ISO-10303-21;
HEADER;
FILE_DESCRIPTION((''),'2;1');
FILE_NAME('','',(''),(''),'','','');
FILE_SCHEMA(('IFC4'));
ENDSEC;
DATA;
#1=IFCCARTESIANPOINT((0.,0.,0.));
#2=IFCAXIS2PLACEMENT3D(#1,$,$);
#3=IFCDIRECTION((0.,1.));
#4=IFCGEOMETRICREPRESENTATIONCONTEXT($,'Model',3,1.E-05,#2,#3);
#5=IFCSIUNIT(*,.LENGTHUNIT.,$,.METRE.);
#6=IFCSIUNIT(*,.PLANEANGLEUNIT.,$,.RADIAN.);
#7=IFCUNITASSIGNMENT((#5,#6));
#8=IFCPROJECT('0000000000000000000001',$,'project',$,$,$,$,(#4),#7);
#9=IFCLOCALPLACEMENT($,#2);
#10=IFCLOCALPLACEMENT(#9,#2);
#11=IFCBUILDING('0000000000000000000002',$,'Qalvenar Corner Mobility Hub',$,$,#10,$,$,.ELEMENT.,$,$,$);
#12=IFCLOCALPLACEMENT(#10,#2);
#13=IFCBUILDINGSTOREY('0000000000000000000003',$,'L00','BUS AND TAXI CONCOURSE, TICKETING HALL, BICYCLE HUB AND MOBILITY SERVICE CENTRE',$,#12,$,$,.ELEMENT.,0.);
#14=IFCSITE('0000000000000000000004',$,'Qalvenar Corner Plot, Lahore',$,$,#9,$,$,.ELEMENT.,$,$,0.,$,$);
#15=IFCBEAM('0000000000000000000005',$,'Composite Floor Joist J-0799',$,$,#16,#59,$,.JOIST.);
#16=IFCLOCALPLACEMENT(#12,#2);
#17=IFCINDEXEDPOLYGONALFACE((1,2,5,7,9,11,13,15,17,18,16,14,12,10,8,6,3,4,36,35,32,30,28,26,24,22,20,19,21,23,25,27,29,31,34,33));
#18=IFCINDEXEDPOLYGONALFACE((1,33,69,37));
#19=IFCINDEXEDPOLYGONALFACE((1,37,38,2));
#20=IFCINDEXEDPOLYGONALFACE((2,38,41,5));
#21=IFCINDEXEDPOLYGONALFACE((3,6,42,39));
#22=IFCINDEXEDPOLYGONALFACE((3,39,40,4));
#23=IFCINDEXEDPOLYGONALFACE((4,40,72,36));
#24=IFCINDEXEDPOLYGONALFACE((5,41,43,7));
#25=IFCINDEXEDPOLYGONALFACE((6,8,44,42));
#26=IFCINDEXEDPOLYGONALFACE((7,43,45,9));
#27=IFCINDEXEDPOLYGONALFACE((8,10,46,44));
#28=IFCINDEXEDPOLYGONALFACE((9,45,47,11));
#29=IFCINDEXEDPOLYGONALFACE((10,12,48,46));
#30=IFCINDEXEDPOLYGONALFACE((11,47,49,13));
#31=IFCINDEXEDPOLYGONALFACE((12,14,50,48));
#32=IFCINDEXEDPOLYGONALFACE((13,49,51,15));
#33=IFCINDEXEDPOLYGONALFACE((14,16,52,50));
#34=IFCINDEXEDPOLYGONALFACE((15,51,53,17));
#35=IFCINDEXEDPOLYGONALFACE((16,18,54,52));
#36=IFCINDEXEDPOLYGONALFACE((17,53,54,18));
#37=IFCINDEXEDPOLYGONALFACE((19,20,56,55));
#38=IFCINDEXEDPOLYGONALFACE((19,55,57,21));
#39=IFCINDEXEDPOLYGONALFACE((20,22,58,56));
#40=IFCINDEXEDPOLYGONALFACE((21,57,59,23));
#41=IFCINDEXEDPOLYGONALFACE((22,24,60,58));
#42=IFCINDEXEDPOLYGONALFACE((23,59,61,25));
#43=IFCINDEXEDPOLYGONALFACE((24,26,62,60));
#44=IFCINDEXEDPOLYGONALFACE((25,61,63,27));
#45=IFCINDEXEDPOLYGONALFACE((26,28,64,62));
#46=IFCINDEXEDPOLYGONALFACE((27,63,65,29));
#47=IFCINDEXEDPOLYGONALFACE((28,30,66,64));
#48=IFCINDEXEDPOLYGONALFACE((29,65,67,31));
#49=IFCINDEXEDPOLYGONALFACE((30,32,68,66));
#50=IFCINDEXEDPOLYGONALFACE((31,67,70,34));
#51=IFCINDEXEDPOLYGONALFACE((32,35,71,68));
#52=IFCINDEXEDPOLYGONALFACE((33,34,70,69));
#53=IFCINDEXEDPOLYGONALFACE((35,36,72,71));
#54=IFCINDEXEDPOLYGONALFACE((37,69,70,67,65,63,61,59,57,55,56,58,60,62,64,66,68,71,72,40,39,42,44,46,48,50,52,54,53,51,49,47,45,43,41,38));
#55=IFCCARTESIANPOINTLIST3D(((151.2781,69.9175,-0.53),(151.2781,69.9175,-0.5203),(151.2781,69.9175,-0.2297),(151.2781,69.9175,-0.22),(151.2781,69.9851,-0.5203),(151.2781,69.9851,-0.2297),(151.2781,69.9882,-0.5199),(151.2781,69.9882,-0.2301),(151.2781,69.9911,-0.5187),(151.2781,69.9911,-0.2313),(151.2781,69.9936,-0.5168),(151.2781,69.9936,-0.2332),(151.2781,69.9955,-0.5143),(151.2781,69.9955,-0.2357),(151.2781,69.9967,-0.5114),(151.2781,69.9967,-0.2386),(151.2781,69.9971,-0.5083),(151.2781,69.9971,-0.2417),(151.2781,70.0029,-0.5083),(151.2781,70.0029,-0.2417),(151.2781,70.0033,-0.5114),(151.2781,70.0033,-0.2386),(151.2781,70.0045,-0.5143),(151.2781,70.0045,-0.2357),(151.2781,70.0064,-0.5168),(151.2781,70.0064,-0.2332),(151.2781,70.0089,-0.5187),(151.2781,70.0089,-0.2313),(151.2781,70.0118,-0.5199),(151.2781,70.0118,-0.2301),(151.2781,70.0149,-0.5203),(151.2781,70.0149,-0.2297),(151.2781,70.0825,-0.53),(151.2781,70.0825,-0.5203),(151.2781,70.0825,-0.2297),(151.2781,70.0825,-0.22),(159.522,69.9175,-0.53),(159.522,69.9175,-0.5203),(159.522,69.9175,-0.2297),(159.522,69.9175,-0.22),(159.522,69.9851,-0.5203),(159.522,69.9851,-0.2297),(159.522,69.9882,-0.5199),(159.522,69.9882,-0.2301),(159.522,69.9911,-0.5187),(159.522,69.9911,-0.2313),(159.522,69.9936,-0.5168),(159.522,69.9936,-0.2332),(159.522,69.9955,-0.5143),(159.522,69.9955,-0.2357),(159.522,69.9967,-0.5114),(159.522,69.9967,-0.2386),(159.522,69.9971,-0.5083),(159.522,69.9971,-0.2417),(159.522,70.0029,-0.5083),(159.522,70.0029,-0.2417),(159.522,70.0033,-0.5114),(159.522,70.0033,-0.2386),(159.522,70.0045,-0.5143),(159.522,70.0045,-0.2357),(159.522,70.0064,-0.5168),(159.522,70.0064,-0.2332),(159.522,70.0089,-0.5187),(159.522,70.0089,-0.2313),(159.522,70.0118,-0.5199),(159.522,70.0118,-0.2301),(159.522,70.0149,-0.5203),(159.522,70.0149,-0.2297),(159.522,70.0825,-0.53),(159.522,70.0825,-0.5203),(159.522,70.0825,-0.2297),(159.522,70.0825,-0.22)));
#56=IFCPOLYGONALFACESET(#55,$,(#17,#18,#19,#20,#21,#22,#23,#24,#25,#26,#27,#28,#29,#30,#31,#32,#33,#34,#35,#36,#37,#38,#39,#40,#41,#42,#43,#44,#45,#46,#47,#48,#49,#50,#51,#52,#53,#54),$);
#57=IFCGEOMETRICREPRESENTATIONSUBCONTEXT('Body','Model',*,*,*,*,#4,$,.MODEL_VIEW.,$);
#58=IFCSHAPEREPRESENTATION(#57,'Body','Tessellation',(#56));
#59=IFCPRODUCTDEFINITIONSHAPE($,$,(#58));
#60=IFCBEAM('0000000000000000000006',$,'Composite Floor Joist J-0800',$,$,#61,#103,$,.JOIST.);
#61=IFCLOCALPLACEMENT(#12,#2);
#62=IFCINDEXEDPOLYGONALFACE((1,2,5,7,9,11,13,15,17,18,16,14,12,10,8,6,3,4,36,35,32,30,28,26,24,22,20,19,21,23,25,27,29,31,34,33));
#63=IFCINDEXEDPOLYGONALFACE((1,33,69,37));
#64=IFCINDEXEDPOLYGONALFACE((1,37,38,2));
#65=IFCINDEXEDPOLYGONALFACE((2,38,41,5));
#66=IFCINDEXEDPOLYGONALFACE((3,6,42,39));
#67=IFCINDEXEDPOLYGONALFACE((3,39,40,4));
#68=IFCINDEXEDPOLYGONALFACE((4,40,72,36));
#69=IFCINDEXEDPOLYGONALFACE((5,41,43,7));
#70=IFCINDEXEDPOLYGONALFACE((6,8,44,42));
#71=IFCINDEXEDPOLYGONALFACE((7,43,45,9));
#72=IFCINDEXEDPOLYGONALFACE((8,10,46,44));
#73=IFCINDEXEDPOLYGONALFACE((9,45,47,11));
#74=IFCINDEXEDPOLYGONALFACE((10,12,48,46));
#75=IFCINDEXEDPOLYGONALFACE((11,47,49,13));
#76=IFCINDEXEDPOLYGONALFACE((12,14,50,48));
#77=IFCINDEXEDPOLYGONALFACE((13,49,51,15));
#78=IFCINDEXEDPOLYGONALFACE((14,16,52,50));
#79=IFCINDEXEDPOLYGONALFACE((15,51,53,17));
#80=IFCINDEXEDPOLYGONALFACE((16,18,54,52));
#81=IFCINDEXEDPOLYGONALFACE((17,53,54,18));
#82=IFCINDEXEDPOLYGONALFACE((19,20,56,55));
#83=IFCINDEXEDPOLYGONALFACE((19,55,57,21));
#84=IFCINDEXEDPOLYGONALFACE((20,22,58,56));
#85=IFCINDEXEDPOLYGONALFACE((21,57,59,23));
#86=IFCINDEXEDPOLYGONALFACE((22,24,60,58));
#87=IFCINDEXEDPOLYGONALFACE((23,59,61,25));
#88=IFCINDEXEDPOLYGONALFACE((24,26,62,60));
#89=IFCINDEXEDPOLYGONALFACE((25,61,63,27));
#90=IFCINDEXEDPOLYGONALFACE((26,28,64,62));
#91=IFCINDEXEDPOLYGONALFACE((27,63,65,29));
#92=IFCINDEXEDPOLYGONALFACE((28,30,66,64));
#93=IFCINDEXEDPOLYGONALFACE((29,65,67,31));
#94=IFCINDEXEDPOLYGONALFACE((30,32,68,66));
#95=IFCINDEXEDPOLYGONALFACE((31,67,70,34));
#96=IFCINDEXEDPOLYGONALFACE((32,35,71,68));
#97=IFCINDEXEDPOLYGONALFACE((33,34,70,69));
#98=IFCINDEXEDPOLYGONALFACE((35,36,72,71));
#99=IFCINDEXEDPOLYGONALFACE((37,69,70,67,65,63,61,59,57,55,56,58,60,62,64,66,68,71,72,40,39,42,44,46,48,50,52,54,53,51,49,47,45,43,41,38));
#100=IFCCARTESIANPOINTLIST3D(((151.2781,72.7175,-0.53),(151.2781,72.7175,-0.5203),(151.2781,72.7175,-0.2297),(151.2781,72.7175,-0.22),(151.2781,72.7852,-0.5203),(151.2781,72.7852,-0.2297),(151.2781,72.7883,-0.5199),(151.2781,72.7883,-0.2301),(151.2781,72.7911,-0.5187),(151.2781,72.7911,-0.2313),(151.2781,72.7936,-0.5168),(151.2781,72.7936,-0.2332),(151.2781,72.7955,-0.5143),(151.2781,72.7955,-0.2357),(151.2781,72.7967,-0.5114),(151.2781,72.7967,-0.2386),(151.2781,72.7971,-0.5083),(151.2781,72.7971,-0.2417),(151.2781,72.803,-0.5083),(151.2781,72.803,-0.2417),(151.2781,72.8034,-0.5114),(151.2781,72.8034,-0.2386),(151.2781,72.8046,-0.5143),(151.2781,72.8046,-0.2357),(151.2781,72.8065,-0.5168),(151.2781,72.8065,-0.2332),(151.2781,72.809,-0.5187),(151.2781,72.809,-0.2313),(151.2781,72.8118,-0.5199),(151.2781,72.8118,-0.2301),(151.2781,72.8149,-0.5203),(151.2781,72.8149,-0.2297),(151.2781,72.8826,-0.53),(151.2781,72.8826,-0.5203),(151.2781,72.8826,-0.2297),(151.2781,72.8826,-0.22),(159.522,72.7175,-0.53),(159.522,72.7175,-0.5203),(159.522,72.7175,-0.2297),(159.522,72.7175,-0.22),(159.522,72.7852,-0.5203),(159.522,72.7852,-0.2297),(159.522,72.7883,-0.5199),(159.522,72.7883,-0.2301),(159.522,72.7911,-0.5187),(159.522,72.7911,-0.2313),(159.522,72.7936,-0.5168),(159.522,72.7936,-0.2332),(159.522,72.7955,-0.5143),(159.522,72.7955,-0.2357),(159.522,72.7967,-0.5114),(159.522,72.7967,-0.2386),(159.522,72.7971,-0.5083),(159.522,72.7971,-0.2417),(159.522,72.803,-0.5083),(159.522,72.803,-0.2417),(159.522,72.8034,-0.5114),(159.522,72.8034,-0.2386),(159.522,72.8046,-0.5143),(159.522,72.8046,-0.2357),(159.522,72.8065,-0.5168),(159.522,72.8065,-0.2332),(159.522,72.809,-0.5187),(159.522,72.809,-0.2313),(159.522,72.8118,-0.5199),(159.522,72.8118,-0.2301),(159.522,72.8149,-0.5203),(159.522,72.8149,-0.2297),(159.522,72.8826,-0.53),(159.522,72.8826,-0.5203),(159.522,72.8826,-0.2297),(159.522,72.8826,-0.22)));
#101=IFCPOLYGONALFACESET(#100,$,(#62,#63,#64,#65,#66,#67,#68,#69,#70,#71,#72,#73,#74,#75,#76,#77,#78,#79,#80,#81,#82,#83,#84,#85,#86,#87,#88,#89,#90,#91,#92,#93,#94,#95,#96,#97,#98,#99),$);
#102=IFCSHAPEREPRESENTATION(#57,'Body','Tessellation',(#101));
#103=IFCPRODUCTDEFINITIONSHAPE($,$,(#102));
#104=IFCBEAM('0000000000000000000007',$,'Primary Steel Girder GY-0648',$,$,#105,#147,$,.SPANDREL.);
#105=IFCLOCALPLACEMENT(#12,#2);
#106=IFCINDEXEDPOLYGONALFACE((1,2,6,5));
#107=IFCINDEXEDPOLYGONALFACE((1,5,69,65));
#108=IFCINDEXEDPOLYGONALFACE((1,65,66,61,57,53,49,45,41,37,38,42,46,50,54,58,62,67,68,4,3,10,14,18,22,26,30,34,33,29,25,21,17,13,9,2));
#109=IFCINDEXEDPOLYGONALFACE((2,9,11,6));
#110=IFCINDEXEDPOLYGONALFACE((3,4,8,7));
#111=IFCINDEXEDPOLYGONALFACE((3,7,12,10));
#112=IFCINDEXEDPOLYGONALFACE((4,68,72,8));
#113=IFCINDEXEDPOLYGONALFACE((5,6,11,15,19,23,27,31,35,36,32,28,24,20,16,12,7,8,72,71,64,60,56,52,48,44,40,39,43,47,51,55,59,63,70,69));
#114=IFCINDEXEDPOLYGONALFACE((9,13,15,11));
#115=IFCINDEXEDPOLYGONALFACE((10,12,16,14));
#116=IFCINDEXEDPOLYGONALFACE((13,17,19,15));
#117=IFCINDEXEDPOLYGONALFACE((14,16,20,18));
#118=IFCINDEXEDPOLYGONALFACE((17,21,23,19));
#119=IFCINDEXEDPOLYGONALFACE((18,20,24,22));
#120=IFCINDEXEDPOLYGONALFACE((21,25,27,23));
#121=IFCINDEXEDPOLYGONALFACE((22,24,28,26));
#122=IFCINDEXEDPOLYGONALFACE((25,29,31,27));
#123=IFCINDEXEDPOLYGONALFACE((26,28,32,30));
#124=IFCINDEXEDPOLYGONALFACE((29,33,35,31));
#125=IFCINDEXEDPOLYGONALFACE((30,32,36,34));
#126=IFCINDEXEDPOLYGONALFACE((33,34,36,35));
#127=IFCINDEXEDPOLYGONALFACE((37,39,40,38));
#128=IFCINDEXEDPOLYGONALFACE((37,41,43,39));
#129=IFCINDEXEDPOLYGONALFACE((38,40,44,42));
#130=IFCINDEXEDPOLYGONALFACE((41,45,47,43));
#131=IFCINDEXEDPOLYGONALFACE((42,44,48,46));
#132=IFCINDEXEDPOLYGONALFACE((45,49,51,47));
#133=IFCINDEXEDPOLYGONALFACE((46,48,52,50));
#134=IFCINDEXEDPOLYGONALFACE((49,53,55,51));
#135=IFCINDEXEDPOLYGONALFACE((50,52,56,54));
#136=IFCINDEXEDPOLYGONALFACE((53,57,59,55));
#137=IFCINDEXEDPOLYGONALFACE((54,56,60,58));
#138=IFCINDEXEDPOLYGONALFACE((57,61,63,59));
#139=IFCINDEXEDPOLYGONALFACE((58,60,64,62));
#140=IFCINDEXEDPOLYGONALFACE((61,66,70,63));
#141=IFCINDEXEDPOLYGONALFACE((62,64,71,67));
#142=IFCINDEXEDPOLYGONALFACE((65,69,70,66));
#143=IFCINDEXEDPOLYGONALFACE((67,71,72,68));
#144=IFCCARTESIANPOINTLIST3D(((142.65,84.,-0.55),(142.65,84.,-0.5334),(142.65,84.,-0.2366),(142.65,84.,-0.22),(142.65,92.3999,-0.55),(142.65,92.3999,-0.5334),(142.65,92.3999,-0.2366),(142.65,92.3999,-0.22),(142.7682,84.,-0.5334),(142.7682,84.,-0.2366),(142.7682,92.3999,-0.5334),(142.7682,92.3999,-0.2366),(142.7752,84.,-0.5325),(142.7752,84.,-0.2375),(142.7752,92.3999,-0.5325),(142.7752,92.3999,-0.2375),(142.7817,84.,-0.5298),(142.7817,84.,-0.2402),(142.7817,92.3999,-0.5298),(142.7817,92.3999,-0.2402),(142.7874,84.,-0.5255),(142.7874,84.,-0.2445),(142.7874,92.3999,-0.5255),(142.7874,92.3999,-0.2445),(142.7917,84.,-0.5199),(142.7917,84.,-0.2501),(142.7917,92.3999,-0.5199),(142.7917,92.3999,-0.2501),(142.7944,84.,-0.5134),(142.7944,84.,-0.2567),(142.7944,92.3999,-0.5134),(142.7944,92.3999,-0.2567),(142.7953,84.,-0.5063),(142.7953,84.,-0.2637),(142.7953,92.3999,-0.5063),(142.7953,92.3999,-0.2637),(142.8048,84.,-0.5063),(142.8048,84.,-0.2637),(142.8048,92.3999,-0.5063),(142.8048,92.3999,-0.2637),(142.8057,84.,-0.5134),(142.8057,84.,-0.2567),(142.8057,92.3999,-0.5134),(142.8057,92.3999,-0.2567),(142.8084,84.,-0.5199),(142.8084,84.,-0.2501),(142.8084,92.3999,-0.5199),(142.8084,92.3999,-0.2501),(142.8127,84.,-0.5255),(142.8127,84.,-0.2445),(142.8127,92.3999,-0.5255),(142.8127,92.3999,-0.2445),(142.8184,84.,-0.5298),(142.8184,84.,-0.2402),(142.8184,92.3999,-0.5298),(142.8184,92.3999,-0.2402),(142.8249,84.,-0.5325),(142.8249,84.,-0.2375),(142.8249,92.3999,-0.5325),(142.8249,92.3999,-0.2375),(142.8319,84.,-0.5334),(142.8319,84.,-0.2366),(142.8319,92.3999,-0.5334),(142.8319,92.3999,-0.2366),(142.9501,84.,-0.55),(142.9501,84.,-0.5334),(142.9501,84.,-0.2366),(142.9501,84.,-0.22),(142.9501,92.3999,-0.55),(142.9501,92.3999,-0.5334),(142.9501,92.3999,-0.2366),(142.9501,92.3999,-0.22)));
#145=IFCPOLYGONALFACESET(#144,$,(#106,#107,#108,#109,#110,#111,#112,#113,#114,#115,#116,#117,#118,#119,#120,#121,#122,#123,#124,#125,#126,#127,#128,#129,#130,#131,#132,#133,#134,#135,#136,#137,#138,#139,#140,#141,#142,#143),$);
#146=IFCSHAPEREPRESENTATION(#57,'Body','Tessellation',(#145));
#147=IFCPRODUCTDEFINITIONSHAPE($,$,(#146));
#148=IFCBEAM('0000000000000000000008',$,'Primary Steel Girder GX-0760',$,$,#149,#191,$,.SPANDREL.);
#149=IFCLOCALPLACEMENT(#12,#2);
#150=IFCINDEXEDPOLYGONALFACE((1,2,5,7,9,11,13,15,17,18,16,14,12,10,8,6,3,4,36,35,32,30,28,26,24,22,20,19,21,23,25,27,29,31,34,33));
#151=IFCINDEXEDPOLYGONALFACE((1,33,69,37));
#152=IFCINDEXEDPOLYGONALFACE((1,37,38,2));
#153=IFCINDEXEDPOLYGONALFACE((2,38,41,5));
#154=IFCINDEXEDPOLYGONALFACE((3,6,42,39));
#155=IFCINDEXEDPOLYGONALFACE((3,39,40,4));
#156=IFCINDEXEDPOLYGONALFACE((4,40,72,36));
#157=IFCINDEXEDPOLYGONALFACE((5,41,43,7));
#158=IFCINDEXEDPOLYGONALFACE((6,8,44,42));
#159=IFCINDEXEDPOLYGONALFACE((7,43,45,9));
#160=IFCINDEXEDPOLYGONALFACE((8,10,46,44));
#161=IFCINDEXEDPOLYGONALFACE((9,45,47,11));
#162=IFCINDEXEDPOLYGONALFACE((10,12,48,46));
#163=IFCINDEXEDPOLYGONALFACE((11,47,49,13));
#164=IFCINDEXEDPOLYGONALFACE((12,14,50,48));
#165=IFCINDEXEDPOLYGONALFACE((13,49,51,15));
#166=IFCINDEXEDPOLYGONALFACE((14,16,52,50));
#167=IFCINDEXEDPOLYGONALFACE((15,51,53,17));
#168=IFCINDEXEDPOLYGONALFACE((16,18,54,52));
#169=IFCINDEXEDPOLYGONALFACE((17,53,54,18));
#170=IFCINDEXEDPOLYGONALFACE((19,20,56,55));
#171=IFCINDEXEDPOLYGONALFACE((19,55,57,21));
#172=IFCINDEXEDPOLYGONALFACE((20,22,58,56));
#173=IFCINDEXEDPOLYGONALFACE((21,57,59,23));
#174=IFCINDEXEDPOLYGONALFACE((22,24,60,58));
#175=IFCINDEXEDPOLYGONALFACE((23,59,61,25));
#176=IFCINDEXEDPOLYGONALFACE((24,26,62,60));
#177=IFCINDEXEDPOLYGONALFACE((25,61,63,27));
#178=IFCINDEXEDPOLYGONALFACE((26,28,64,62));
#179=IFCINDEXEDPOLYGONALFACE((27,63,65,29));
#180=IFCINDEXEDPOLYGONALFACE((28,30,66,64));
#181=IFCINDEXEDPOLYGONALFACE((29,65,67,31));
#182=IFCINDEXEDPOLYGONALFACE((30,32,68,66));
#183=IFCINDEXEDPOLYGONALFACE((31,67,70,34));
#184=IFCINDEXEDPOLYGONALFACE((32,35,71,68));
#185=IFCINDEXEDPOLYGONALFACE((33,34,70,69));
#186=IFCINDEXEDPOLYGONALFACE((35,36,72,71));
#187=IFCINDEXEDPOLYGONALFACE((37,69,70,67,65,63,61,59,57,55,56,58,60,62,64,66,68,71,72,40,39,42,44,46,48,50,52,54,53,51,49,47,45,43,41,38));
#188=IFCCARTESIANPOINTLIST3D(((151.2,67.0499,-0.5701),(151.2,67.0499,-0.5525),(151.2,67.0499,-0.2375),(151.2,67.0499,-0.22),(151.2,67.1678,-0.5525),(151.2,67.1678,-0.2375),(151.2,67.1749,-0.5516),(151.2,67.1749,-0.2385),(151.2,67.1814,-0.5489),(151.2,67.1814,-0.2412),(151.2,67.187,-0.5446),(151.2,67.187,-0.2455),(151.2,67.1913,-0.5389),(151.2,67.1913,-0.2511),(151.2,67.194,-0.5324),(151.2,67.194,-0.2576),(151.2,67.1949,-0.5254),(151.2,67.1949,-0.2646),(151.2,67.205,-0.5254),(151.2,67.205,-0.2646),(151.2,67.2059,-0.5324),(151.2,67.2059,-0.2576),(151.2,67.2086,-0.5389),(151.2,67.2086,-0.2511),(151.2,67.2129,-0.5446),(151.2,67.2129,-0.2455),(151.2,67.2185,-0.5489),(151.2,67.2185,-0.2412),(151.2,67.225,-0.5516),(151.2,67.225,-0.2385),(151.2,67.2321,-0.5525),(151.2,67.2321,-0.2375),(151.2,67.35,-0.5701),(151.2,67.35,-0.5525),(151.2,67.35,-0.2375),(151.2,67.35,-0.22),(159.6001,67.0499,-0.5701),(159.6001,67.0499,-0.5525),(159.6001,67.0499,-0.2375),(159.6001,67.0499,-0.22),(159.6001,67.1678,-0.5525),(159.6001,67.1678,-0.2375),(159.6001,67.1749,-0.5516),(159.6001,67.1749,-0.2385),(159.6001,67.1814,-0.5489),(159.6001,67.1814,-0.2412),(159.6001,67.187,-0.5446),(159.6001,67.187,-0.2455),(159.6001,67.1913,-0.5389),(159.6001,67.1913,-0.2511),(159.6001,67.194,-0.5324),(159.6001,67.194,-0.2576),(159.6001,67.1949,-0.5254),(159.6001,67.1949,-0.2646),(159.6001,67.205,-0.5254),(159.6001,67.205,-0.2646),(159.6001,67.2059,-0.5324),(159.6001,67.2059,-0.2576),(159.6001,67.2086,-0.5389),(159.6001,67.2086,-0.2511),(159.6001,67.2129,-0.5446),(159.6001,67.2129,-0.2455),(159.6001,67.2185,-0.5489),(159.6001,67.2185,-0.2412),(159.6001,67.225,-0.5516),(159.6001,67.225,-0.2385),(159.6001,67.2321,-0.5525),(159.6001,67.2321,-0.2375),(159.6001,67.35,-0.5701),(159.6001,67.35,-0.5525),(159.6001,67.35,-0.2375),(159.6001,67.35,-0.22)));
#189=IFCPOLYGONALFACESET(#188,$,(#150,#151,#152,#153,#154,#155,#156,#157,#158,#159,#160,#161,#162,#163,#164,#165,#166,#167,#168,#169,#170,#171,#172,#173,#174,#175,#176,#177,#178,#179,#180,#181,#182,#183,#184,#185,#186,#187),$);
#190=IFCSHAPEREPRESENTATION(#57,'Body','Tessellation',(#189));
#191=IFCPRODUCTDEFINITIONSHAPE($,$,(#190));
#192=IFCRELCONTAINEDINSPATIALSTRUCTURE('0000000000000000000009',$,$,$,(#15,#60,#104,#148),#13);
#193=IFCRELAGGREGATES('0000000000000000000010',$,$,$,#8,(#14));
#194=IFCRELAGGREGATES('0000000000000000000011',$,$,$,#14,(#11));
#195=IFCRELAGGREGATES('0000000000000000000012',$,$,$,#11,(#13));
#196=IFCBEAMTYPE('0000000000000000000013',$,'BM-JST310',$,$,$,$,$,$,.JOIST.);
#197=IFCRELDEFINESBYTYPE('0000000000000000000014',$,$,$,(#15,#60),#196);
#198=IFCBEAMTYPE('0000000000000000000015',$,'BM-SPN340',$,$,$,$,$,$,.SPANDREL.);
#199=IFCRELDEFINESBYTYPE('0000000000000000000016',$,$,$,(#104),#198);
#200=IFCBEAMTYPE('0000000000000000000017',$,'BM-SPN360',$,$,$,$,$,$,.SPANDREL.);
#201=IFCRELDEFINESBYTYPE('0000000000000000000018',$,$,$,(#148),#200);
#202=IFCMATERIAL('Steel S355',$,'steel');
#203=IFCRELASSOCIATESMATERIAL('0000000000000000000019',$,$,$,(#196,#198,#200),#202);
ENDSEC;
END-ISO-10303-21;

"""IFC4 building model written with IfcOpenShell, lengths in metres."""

from ifc_helpers import new_model, si_unit, direction, frame, origin, origin_2d, place, context, subcontext, project, spatial, i_section, extrude, material, material_profile, profile_set, type_object, element, save


model = new_model("IFC4")

# Units and contexts
model_context = context("Model", 3, precision=1e-05, world=origin(), true_north=direction((0.0, 1.0)))
body_context = subcontext(model_context, "Body", "Model", "MODEL_VIEW")
ifc_project = project(units=[si_unit("LENGTHUNIT", "METRE"), si_unit("PLANEANGLEUNIT", "RADIAN")], contexts=[model_context])

# Site, building, storey
site_placement = place(None, origin())
site = spatial("IfcSite", under=ifc_project, at=site_placement, Name="Qalvenar Corner Plot, Lahore", CompositionType="ELEMENT", RefElevation=0.0)
building_placement = place(site_placement, origin())
building = spatial("IfcBuilding", under=site, at=building_placement, Name="Qalvenar Corner Mobility Hub", CompositionType="ELEMENT")
storey_placement = place(building_placement, origin())
storey = spatial("IfcBuildingStorey", under=building, at=storey_placement, Name="L00", Description="BUS AND TAXI CONCOURSE, TICKETING HALL, BICYCLE HUB AND MOBILITY SERVICE CENTRE", CompositionType="ELEMENT", Elevation=0.0)

# Shared definitions
ifc_material_1 = material(Name="Steel S355", Category="steel")

# Beams
ifc_material_profile_1 = material_profile(ifc_material_1, i_section(OverallWidth=0.165, OverallDepth=0.3101, WebThickness=0.0059, FlangeThickness=0.0098, FilletRadius=0.012, at=origin_2d()), Name="W310x38.7")
ifc_profile_set_1 = profile_set([ifc_material_profile_1], Name="Steel S355")
beam_type_1 = type_object("IfcBeamType", Name="BM-JST310", PredefinedType="JOIST", material=ifc_profile_set_1)
for number, where, z_axis, x_axis, name in (
    (1, (151.2781, 70.0, -0.375), (1.0, 0.0, 0.0), (0.0, 1.0, 0.0), "Composite Floor Joist J-0799"),
    (2, (151.2781, 72.8, -0.375), (1.0, 0.0, 0.0), (0.0, 1.0, 0.0), "Composite Floor Joist J-0800"),
):
    element("IfcBeam", number, at=place(storey_placement, frame(where, z_axis=z_axis, x_axis=x_axis)), inside=storey, type_object=beam_type_1, Name=name, PredefinedType="JOIST", context=body_context, shape_type="SweptSolid", body=[
        extrude(i_section(OverallWidth=0.165, OverallDepth=0.3101, WebThickness=0.0059, FlangeThickness=0.0098, FilletRadius=0.012, at=origin_2d()), origin(), (0.0, 0.0, 1.0), 8.2439),
    ])
ifc_material_profile_2 = material_profile(ifc_material_1, i_section(OverallWidth=0.3, OverallDepth=0.3301, WebThickness=0.0095, FlangeThickness=0.0166, FilletRadius=0.0271, at=origin_2d()), Name="HEA340")
ifc_profile_set_2 = profile_set([ifc_material_profile_2], Name="Steel S355")
beam_type_2 = type_object("IfcBeamType", Name="BM-SPN340", PredefinedType="SPANDREL", material=ifc_profile_set_2)
beam_1_placement = place(storey_placement, frame((142.8, 84.0, -0.385), z_axis=(0.0, 1.0, 0.0), x_axis=(-1.0, 0.0, 0.0)))
element("IfcBeam", 3, at=beam_1_placement, inside=storey, type_object=beam_type_2, Name="Primary Steel Girder GY-0648", PredefinedType="SPANDREL", context=body_context, shape_type="SweptSolid", body=[
    extrude(i_section(OverallWidth=0.3, OverallDepth=0.3301, WebThickness=0.0095, FlangeThickness=0.0166, FilletRadius=0.0271, at=origin_2d()), origin(), (0.0, 0.0, 1.0), 8.3999),
])
ifc_material_profile_3 = material_profile(ifc_material_1, i_section(OverallWidth=0.3, OverallDepth=0.3501, WebThickness=0.01, FlangeThickness=0.0176, FilletRadius=0.0271, at=origin_2d()), Name="HEA360")
ifc_profile_set_3 = profile_set([ifc_material_profile_3], Name="Steel S355")
beam_type_3 = type_object("IfcBeamType", Name="BM-SPN360", PredefinedType="SPANDREL", material=ifc_profile_set_3)
beam_2_placement = place(storey_placement, frame((151.2, 67.2, -0.395), z_axis=(1.0, 0.0, 0.0), x_axis=(0.0, 1.0, 0.0)))
element("IfcBeam", 4, at=beam_2_placement, inside=storey, type_object=beam_type_3, Name="Primary Steel Girder GX-0760", PredefinedType="SPANDREL", context=body_context, shape_type="SweptSolid", body=[
    extrude(i_section(OverallWidth=0.3, OverallDepth=0.3501, WebThickness=0.01, FlangeThickness=0.0176, FilletRadius=0.0271, at=origin_2d()), origin(), (0.0, 0.0, 1.0), 8.4001),
])

save(model, "model.ifc")
